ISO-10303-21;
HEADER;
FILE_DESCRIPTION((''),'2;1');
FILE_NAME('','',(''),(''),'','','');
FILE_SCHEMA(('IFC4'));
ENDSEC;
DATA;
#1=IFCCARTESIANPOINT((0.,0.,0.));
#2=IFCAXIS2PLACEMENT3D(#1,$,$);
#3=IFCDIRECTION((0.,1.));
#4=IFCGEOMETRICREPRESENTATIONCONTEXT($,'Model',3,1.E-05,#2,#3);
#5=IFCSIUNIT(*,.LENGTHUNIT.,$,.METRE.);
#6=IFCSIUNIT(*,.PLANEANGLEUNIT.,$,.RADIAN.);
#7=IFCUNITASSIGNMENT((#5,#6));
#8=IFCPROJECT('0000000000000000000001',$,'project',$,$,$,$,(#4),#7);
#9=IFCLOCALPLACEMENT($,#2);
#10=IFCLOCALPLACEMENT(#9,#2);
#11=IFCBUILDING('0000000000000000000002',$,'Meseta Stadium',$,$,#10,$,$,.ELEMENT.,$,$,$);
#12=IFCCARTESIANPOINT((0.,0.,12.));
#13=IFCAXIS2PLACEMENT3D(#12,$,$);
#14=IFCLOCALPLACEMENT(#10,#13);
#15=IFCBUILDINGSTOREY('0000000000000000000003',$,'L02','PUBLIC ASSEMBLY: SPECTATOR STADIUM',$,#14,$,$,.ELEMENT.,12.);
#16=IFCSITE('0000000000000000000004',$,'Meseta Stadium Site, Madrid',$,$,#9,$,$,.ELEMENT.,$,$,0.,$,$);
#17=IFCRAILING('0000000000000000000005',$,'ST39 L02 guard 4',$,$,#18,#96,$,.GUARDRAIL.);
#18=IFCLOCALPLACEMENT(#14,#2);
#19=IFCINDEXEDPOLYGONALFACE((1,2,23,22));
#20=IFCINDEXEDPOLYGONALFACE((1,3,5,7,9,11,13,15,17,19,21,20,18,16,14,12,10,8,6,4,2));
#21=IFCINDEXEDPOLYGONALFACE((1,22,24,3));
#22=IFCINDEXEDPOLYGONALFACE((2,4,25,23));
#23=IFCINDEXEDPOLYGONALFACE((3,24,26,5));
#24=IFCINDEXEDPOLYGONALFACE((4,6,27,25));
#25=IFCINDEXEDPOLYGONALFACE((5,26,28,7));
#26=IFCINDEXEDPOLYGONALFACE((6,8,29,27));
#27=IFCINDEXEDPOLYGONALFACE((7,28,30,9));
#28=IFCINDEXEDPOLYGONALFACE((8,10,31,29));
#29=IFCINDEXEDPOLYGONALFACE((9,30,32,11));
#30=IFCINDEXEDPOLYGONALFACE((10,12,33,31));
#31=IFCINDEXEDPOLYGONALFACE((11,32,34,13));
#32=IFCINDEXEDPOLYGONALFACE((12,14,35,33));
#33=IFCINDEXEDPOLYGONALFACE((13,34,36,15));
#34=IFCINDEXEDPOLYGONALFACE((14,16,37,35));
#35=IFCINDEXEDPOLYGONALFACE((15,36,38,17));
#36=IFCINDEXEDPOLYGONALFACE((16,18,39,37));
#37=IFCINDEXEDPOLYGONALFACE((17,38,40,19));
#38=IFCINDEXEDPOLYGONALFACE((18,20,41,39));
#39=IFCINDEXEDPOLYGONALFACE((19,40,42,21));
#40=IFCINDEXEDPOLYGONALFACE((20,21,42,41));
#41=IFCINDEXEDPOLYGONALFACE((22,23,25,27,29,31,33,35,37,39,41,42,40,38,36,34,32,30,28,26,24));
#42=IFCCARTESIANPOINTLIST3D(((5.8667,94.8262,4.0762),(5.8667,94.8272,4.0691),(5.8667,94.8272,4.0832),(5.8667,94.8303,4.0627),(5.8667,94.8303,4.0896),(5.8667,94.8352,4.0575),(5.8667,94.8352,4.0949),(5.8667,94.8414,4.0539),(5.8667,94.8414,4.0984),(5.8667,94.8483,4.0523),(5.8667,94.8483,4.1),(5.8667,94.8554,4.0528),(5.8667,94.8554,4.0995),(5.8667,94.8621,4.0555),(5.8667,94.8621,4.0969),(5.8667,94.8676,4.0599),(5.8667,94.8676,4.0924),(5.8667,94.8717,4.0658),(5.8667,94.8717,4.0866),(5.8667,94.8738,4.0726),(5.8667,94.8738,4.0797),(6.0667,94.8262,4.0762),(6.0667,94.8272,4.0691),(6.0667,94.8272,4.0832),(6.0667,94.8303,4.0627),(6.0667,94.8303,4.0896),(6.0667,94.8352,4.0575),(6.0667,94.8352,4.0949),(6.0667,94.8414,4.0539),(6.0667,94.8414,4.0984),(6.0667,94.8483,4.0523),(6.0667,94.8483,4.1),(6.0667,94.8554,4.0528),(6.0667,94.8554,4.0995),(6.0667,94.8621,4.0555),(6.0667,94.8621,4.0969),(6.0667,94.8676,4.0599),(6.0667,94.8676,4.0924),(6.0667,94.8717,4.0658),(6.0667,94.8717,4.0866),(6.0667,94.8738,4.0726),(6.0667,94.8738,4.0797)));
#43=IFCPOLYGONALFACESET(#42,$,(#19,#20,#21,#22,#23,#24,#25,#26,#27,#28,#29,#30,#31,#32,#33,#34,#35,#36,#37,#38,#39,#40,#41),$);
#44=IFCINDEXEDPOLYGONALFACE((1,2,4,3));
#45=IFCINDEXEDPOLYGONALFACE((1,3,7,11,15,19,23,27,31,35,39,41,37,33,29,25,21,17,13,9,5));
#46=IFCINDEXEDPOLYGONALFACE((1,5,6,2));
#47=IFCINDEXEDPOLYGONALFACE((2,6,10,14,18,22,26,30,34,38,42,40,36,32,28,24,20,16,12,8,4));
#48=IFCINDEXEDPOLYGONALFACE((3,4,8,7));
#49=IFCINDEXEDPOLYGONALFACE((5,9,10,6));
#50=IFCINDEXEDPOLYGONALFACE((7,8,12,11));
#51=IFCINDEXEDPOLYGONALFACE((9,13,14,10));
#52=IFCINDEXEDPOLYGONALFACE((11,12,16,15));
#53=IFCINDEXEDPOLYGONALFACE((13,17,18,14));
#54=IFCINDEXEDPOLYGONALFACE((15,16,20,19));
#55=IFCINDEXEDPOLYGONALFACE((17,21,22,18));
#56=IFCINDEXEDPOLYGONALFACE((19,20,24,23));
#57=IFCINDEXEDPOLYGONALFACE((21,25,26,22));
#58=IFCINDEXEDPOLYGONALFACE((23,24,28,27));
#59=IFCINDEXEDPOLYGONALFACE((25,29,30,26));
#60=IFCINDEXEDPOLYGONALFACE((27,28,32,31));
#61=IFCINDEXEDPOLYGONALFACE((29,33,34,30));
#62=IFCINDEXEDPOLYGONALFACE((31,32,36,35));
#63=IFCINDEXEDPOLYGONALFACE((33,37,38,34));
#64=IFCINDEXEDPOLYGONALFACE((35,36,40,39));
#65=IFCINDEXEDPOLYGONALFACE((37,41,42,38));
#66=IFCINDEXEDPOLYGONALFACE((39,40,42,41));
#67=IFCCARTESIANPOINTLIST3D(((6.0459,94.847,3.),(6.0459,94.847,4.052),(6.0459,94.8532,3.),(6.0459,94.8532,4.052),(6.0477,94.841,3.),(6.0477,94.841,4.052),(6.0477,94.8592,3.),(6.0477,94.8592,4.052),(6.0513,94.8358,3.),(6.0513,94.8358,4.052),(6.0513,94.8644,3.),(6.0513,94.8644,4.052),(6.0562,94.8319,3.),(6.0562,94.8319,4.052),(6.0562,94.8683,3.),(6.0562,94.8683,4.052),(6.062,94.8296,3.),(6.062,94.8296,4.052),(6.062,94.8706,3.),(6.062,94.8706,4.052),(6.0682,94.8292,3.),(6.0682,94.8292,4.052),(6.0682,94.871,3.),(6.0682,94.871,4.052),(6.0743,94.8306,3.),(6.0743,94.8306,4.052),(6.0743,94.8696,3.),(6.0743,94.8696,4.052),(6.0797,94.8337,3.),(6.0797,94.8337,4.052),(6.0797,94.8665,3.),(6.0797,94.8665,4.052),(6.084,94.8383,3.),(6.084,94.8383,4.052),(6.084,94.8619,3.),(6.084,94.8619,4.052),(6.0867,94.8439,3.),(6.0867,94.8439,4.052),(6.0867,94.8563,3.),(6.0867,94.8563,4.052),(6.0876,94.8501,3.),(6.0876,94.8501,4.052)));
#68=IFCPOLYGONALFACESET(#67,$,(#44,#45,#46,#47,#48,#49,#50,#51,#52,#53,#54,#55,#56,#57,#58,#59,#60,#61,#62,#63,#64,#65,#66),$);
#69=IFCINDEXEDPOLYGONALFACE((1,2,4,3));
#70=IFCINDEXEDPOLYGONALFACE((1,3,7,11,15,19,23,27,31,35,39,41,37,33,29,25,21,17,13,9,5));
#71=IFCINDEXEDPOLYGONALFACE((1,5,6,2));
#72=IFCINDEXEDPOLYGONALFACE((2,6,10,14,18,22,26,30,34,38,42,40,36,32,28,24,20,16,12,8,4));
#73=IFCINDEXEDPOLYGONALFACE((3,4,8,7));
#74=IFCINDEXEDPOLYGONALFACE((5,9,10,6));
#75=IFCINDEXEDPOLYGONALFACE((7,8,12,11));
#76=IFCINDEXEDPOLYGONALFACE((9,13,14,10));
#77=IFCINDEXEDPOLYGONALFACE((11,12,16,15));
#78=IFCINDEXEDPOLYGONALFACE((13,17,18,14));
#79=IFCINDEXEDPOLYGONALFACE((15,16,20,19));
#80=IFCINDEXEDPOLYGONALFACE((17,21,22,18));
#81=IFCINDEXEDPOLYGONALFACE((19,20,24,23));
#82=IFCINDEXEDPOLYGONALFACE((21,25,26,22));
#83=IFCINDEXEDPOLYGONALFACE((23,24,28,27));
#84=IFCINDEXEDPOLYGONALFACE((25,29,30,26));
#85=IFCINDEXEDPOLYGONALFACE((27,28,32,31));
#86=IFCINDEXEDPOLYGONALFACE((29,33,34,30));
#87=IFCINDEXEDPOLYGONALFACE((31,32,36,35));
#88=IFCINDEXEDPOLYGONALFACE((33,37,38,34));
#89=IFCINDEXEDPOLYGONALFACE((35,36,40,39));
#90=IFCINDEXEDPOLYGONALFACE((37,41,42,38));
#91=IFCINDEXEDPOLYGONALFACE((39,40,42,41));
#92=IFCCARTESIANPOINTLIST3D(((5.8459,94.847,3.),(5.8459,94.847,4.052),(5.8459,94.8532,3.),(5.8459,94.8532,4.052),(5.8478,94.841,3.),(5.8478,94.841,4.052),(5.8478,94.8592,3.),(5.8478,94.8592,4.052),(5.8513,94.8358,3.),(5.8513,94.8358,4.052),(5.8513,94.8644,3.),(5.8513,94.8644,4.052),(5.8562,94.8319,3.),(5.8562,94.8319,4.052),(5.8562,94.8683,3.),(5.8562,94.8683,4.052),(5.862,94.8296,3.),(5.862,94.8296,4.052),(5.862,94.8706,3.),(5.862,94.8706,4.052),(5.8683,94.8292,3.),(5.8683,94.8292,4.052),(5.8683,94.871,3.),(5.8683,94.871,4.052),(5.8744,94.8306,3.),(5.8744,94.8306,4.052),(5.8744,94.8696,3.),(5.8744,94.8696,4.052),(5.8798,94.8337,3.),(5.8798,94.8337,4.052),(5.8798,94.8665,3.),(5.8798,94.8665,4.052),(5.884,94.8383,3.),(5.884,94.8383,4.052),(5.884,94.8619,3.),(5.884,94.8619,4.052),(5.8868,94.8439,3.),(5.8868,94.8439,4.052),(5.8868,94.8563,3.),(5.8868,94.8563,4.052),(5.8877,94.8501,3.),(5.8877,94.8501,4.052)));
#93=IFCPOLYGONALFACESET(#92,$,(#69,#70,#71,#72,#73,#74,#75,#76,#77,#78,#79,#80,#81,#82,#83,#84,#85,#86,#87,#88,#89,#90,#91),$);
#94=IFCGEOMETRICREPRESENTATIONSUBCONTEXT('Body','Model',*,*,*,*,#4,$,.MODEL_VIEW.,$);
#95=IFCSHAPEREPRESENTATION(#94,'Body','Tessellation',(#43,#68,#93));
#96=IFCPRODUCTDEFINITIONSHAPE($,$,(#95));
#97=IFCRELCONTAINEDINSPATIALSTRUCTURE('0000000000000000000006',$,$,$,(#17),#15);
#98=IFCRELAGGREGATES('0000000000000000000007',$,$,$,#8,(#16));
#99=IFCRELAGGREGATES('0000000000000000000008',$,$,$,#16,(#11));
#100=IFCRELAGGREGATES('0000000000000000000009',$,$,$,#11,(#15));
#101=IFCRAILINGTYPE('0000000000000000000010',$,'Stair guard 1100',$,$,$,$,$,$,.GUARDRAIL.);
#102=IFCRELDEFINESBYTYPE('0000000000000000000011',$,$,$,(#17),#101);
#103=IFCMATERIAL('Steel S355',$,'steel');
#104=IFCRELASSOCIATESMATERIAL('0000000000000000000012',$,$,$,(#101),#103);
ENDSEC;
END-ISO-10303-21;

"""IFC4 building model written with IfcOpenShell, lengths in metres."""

from ifc_helpers import new_model, si_unit, direction, frame, origin, origin_2d, place, context, subcontext, project, spatial, circle, extrude, material, type_object, element, save


model = new_model("IFC4")

# Units and contexts
model_context = context("Model", 3, precision=1e-05, world=origin(), true_north=direction((0.0, 1.0)))
body_context = subcontext(model_context, "Body", "Model", "MODEL_VIEW")
ifc_project = project(units=[si_unit("LENGTHUNIT", "METRE"), si_unit("PLANEANGLEUNIT", "RADIAN")], contexts=[model_context])

# Site, building, storey
site_placement = place(None, origin())
site = spatial("IfcSite", under=ifc_project, at=site_placement, Name="Meseta Stadium Site, Madrid", CompositionType="ELEMENT", RefElevation=0.0)
building_placement = place(site_placement, origin())
building = spatial("IfcBuilding", under=site, at=building_placement, Name="Meseta Stadium", CompositionType="ELEMENT")
storey_placement = place(building_placement, frame((0.0, 0.0, 12.0)))
storey = spatial("IfcBuildingStorey", under=building, at=storey_placement, Name="L02", Description="PUBLIC ASSEMBLY: SPECTATOR STADIUM", CompositionType="ELEMENT", Elevation=12.0)

# Railing
ifc_material_1 = material(Name="Steel S355", Category="steel")
railing_type_1 = type_object("IfcRailingType", Name="Stair guard 1100", PredefinedType="GUARDRAIL", material=ifc_material_1)
railing_1_placement = place(storey_placement, frame((6.0667, 94.8501, 3.0)))
element("IfcRailing", 1, at=railing_1_placement, inside=storey, type_object=railing_type_1, Name="ST39 L02 guard 4", PredefinedType="GUARDRAIL", context=body_context, shape_type="SweptSolid", body=[
    extrude(circle(Radius=0.0239, at=origin_2d()), frame((0.0, 0.0, 1.0762), z_axis=(-1.0, 0.0, 0.0), x_axis=(0.0, -1.0, 0.0)), (0.0, 0.0, 1.0), 0.2),
    extrude(circle(Radius=0.021, at=origin_2d()), origin(), (0.0, 0.0, 1.0), 1.052),
    extrude(circle(Radius=0.021, at=origin_2d()), frame((-0.2, 0.0, 0.0)), (0.0, 0.0, 1.0), 1.052),
])

save(model, "model.ifc")
